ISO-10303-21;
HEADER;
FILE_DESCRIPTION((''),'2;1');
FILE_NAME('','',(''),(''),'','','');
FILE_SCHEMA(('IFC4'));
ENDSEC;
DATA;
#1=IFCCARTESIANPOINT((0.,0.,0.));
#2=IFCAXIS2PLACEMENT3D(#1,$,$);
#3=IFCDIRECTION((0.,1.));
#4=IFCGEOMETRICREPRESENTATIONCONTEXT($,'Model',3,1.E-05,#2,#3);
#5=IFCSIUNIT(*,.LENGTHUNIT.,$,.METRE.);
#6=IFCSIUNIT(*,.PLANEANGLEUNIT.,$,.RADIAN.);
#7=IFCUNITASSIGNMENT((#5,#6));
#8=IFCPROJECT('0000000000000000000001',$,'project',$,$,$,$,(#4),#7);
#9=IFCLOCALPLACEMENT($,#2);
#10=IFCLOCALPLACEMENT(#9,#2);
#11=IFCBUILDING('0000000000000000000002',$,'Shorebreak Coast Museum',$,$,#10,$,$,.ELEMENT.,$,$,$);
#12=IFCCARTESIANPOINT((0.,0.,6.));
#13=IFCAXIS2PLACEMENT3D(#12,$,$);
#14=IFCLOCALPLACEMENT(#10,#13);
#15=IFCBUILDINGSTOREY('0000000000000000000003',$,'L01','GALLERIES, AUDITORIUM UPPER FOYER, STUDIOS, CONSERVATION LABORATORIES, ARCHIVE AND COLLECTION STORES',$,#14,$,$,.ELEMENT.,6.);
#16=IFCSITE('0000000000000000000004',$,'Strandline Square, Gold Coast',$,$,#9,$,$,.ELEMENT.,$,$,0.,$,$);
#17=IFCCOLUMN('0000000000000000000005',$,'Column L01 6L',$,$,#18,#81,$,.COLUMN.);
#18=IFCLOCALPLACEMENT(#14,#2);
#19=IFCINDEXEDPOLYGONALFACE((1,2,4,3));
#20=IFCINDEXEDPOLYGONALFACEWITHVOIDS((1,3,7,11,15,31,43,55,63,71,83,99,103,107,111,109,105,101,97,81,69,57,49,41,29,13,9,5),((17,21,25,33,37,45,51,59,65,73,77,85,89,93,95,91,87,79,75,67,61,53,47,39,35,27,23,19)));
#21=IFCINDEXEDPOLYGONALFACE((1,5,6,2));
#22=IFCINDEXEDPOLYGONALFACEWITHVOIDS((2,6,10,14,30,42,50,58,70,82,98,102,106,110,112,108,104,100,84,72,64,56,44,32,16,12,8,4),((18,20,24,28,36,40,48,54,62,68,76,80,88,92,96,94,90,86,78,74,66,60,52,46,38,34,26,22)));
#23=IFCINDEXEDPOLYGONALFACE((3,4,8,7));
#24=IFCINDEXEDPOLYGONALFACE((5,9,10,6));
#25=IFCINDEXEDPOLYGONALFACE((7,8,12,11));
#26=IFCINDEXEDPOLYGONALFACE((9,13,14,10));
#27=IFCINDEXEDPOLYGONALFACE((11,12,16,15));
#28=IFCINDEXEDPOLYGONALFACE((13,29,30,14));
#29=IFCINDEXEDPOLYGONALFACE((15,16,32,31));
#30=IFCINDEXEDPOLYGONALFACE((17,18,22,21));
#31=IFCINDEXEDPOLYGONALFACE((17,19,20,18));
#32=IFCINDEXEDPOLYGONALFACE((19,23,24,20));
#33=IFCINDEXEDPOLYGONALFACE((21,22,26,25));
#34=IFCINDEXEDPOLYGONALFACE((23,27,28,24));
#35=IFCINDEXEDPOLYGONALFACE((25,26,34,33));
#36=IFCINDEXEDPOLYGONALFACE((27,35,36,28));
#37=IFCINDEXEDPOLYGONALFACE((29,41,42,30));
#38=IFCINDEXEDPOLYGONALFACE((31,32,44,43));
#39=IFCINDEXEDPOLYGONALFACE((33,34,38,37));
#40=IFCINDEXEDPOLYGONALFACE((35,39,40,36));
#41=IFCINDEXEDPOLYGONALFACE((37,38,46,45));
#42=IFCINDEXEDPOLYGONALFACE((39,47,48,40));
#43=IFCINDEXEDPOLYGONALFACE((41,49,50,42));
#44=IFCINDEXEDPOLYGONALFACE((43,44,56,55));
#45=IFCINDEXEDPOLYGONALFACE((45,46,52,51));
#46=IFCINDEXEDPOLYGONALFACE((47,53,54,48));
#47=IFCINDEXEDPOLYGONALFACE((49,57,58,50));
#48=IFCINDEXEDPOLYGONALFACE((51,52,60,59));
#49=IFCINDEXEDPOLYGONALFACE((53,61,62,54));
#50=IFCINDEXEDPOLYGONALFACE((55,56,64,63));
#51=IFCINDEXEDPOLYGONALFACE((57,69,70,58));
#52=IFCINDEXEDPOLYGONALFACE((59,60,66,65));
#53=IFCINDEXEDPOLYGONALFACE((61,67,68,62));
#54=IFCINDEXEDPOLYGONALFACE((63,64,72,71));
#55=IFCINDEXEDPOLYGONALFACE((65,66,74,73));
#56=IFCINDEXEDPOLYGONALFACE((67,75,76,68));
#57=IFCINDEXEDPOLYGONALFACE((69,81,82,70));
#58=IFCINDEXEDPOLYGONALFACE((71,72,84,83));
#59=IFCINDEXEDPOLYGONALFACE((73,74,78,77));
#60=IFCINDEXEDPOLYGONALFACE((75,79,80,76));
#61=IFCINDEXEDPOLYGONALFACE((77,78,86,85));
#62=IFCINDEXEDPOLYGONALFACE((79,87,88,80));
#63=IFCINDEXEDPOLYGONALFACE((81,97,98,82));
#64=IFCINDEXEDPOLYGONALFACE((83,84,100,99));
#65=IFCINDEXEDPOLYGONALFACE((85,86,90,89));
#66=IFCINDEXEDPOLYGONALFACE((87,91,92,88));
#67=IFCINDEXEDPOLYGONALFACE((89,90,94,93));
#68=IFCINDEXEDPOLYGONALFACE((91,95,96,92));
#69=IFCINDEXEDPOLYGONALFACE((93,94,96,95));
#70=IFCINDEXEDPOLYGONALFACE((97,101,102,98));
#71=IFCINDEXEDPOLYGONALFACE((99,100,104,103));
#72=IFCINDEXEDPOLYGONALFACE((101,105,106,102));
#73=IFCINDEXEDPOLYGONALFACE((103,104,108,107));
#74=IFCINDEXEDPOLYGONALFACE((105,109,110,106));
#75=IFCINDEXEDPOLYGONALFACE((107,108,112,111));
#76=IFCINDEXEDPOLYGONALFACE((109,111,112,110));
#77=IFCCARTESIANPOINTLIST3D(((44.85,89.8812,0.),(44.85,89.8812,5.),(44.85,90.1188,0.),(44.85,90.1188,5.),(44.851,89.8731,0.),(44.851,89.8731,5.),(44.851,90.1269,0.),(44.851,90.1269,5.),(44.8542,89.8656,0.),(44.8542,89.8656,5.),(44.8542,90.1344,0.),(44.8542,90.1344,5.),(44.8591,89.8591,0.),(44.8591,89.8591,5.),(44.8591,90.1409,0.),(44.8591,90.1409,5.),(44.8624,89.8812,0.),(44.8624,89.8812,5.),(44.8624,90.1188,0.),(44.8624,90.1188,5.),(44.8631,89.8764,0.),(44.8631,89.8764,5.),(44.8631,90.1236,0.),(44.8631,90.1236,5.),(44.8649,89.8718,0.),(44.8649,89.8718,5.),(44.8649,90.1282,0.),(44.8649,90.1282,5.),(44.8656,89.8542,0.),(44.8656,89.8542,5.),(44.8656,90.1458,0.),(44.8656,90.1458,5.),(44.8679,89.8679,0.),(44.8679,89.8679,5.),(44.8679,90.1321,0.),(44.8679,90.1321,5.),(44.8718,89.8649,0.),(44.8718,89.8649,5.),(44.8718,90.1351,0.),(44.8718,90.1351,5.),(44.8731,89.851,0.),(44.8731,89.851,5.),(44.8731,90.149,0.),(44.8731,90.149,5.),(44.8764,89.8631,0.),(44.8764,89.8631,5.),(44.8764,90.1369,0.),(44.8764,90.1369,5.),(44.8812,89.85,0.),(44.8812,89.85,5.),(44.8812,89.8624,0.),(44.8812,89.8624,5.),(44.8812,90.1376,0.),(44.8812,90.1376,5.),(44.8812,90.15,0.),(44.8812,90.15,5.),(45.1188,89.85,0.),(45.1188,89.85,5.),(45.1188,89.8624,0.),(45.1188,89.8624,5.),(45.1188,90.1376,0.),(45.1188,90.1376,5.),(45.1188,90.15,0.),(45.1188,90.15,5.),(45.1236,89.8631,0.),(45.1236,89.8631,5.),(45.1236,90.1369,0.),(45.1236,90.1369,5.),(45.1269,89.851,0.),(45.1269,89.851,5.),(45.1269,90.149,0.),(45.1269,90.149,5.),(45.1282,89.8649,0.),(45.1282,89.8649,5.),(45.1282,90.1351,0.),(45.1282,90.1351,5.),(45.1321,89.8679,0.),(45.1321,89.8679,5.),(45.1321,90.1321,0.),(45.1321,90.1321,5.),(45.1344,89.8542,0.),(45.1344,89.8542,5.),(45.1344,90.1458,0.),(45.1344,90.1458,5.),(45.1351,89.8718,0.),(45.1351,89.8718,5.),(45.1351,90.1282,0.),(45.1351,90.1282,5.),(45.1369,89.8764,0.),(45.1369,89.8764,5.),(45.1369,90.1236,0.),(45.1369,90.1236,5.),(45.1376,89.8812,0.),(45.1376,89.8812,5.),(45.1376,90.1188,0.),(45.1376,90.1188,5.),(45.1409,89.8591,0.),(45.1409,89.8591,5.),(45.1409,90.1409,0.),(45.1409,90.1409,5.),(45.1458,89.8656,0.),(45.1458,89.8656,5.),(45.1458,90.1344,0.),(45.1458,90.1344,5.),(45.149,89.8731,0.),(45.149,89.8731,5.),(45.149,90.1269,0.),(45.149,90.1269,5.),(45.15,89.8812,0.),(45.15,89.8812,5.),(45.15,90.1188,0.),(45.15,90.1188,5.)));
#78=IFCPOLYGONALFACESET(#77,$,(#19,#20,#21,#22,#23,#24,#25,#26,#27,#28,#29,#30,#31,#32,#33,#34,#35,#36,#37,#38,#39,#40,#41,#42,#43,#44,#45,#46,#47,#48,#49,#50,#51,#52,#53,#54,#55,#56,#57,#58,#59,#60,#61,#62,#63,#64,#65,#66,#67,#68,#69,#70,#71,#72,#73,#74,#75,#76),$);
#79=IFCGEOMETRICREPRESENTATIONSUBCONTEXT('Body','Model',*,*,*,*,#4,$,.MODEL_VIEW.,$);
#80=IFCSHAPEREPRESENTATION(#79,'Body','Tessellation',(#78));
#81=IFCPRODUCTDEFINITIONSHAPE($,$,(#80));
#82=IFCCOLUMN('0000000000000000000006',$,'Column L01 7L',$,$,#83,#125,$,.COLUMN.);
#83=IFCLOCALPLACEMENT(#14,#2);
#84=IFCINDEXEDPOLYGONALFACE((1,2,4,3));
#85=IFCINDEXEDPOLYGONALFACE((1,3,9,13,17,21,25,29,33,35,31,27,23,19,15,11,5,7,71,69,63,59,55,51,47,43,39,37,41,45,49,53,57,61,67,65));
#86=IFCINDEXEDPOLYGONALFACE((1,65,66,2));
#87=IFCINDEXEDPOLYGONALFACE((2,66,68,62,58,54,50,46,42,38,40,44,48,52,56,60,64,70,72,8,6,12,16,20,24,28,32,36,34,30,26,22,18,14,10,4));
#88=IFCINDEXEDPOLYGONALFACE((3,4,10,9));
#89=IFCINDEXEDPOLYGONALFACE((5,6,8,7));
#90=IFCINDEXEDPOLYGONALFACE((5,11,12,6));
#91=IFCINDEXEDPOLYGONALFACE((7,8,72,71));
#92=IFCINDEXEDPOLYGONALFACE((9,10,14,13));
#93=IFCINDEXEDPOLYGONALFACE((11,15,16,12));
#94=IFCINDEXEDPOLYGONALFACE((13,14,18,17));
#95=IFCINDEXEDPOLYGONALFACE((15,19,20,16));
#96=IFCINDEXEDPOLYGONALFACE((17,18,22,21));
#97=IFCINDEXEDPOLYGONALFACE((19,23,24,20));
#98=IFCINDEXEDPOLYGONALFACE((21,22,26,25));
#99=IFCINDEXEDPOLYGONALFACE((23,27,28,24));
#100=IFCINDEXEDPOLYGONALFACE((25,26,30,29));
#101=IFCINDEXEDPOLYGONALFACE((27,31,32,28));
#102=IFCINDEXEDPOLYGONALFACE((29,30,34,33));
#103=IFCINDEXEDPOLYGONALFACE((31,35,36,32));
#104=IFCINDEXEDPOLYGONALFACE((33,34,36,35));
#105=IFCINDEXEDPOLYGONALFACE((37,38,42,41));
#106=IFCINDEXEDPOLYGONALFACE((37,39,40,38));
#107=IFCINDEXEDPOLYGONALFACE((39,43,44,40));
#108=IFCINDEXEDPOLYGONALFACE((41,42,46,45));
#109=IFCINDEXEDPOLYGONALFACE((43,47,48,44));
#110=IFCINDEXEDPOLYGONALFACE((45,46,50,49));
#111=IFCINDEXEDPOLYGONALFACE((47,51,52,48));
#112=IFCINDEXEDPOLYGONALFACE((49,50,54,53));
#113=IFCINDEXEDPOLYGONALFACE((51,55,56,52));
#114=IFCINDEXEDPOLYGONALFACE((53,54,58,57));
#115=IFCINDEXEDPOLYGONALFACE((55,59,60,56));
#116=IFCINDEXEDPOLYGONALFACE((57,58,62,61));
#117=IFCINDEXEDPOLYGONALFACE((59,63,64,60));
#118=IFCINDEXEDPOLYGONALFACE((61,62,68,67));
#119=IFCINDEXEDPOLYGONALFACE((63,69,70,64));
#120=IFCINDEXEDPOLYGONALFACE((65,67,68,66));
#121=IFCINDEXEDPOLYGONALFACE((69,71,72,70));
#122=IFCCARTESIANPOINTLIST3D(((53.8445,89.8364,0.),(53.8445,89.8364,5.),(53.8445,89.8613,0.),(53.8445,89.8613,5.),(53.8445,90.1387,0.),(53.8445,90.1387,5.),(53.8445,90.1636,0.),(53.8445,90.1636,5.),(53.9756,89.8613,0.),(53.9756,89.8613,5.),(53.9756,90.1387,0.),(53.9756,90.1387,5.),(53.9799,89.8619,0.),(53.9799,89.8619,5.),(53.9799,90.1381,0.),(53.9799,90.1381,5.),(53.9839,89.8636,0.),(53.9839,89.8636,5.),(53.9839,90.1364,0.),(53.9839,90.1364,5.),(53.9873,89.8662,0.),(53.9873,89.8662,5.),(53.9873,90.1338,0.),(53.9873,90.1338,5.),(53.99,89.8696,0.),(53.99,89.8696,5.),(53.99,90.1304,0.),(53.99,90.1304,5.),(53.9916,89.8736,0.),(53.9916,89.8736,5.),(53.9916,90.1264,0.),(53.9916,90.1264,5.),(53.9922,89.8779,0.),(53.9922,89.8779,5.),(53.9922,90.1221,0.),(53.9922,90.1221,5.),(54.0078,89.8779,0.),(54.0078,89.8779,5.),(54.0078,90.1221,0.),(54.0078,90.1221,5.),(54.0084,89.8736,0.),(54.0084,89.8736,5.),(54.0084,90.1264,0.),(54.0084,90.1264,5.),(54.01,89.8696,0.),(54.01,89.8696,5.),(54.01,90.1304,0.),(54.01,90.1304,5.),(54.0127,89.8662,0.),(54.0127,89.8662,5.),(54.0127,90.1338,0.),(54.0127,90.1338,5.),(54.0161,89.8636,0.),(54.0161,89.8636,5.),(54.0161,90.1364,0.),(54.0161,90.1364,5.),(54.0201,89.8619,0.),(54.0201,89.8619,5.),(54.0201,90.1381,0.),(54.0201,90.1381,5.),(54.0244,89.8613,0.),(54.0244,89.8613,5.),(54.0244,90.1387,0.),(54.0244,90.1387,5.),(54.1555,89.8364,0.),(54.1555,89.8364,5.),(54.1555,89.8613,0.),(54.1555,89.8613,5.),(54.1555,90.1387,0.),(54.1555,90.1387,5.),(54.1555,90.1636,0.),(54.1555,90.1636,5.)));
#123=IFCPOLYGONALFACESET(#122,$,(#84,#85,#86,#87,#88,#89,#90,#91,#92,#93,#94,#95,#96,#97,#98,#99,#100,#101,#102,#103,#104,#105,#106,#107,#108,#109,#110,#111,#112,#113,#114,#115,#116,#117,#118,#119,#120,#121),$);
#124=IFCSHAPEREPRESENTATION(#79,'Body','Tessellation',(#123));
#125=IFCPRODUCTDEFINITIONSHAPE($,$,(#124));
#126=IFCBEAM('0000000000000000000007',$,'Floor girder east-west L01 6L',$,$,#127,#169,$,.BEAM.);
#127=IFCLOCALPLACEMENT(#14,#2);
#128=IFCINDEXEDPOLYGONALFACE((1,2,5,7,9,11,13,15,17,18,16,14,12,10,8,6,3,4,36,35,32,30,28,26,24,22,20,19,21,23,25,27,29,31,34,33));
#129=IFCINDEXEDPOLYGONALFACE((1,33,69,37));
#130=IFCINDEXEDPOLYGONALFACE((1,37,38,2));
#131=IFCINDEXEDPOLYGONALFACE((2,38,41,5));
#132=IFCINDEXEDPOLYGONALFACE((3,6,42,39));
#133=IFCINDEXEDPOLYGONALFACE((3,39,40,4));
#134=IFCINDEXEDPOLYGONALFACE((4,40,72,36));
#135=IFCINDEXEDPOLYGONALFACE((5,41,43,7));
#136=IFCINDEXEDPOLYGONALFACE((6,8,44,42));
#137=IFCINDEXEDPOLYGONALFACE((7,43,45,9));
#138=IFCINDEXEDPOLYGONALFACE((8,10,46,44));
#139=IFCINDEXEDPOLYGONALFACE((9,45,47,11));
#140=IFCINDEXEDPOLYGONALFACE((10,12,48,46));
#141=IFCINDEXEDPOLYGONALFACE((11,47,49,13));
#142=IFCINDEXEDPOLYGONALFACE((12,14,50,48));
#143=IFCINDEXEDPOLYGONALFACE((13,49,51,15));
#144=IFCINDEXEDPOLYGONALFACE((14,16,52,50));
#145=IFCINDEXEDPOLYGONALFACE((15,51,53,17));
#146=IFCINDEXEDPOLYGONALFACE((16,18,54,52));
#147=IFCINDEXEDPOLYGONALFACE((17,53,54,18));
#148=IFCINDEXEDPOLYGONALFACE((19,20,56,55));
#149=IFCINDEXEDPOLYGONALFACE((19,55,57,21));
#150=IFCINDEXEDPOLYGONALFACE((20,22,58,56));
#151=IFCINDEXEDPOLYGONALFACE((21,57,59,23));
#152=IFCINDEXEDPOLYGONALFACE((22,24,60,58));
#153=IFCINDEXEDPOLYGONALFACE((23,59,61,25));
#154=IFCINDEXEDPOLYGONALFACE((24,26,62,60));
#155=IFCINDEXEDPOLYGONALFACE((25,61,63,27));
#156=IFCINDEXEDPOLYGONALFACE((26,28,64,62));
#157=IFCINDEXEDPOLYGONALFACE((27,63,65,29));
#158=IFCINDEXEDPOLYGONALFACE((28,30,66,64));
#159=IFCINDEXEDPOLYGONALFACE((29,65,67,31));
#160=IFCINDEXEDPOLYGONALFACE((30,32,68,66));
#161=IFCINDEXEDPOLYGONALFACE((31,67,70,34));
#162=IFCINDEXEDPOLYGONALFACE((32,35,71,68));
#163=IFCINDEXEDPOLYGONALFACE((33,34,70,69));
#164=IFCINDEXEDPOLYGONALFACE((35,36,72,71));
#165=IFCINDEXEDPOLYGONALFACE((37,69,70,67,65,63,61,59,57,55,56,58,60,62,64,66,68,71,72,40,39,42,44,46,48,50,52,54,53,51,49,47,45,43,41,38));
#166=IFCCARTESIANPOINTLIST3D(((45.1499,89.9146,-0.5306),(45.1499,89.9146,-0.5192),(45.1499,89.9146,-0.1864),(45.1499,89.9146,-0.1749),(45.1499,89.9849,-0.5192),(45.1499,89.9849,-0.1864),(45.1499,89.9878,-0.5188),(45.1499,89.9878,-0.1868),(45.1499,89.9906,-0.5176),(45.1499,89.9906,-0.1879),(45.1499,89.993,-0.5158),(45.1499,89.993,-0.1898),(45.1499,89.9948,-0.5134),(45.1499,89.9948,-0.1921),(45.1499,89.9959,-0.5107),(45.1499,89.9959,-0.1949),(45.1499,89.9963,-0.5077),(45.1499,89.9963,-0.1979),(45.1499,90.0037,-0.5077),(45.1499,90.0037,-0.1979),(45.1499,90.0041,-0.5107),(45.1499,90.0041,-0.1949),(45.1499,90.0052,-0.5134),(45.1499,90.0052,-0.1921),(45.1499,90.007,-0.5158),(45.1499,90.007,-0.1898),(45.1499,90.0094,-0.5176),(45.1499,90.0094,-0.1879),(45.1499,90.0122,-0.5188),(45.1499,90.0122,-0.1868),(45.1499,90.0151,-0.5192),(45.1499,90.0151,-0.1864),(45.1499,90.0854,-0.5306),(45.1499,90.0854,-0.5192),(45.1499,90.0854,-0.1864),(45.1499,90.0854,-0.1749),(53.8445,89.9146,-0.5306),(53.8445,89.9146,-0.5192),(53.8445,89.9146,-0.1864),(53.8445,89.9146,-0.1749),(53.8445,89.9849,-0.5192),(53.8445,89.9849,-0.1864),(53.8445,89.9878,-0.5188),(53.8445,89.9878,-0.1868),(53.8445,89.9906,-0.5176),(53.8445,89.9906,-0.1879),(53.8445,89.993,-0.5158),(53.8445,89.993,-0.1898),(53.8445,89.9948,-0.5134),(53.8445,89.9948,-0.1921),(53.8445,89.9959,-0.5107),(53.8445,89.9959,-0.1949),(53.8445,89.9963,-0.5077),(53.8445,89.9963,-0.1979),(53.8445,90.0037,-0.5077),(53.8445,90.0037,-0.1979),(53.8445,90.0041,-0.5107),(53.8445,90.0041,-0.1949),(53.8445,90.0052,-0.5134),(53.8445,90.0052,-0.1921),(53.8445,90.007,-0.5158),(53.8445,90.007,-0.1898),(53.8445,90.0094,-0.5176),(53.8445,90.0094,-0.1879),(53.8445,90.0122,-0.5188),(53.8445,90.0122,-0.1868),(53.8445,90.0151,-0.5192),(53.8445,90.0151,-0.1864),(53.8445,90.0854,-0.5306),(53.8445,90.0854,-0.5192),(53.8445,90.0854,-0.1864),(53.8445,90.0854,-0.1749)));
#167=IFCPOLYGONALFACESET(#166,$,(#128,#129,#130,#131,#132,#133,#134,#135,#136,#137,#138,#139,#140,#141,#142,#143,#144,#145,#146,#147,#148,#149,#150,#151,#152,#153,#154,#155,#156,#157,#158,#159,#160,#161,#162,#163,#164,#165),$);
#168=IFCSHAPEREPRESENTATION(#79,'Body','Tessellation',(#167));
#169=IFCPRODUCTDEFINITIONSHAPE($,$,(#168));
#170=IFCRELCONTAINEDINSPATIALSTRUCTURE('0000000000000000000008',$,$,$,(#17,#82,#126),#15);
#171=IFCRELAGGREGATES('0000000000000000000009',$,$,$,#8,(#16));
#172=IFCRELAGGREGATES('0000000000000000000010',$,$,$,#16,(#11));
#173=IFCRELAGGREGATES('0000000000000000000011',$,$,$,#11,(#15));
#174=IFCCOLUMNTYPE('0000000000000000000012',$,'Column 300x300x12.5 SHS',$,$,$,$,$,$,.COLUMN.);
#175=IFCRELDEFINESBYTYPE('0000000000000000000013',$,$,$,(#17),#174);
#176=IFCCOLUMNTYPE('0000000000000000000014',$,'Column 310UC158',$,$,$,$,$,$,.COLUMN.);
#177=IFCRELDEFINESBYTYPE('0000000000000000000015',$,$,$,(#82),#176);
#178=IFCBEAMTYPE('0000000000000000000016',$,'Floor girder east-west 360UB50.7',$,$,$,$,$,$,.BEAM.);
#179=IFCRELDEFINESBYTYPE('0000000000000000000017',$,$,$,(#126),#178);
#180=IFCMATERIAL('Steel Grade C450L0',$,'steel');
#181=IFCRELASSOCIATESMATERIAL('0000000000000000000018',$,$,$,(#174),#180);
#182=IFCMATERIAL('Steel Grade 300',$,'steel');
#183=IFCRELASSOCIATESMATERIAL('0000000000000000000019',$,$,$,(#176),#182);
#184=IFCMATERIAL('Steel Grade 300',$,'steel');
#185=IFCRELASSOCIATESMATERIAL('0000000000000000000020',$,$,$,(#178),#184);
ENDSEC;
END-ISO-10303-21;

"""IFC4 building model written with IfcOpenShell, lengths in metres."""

from ifc_helpers import new_model, si_unit, direction, frame, origin, origin_2d, place, context, subcontext, project, spatial, hollow_rectangle, i_section, extrude, material, material_profile, profile_set, type_object, element, save


model = new_model("IFC4")

# Units and contexts
model_context = context("Model", 3, precision=1e-05, world=origin(), true_north=direction((0.0, 1.0)))
body_context = subcontext(model_context, "Body", "Model", "MODEL_VIEW")
ifc_project = project(units=[si_unit("LENGTHUNIT", "METRE"), si_unit("PLANEANGLEUNIT", "RADIAN")], contexts=[model_context])

# Site, building, storey
site_placement = place(None, origin())
site = spatial("IfcSite", under=ifc_project, at=site_placement, Name="Strandline Square, Gold Coast", CompositionType="ELEMENT", RefElevation=0.0)
building_placement = place(site_placement, origin())
building = spatial("IfcBuilding", under=site, at=building_placement, Name="Shorebreak Coast Museum", CompositionType="ELEMENT")
storey_placement = place(building_placement, frame((0.0, 0.0, 6.0)))
storey = spatial("IfcBuildingStorey", under=building, at=storey_placement, Name="L01", Description="GALLERIES, AUDITORIUM UPPER FOYER, STUDIOS, CONSERVATION LABORATORIES, ARCHIVE AND COLLECTION STORES", CompositionType="ELEMENT", Elevation=6.0)

# Columns
ifc_material_1 = material(Name="Steel Grade C450L0", Category="steel")
ifc_material_profile_1 = material_profile(ifc_material_1, hollow_rectangle(XDim=0.3, YDim=0.3, WallThickness=0.0125, InnerFilletRadius=0.0188, OuterFilletRadius=0.0312, at=origin_2d()), Name="300x300x12.5 SHS")
ifc_profile_set_1 = profile_set([ifc_material_profile_1], Name="Steel Grade C450L0")
column_type_1 = type_object("IfcColumnType", Name="Column 300x300x12.5 SHS", PredefinedType="COLUMN", material=ifc_profile_set_1)
column_1_placement = place(storey_placement, frame((45.0, 90.0, 0.0), z_axis=(0.0, 0.0, 1.0), x_axis=(1.0, 0.0, 0.0)))
element("IfcColumn", 1, at=column_1_placement, inside=storey, type_object=column_type_1, Name="Column L01 6L", PredefinedType="COLUMN", context=body_context, shape_type="SweptSolid", body=[
    extrude(hollow_rectangle(XDim=0.3, YDim=0.3, WallThickness=0.0125, InnerFilletRadius=0.0188, OuterFilletRadius=0.0312, at=origin_2d()), origin(), (0.0, 0.0, 1.0), 5.0),
])
ifc_material_2 = material(Name="Steel Grade 300", Category="steel")
ifc_material_profile_2 = material_profile(ifc_material_2, i_section(OverallWidth=0.311, OverallDepth=0.3271, WebThickness=0.0156, FlangeThickness=0.0249, FilletRadius=0.0166, at=origin_2d()), Name="310UC158")
ifc_profile_set_2 = profile_set([ifc_material_profile_2], Name="Steel Grade 300")
column_type_2 = type_object("IfcColumnType", Name="Column 310UC158", PredefinedType="COLUMN", material=ifc_profile_set_2)
column_2_placement = place(storey_placement, frame((54.0, 90.0, 0.0), z_axis=(0.0, 0.0, 1.0), x_axis=(1.0, 0.0, 0.0)))
element("IfcColumn", 2, at=column_2_placement, inside=storey, type_object=column_type_2, Name="Column L01 7L", PredefinedType="COLUMN", context=body_context, shape_type="SweptSolid", body=[
    extrude(i_section(OverallWidth=0.311, OverallDepth=0.3271, WebThickness=0.0156, FlangeThickness=0.0249, FilletRadius=0.0166, at=origin_2d()), origin(), (0.0, 0.0, 1.0), 5.0),
])

# Beam
ifc_material_3 = material(Name="Steel Grade 300", Category="steel")
ifc_material_profile_3 = material_profile(ifc_material_3, i_section(OverallWidth=0.1709, OverallDepth=0.3557, WebThickness=0.0073, FlangeThickness=0.0115, FilletRadius=0.0115, at=origin_2d()), Name="360UB50.7")
ifc_profile_set_3 = profile_set([ifc_material_profile_3], Name="Steel Grade 300")
beam_type_1 = type_object("IfcBeamType", Name="Floor girder east-west 360UB50.7", PredefinedType="BEAM", material=ifc_profile_set_3)
beam_placement = place(storey_placement, frame((45.1499, 90.0, -0.3528), z_axis=(1.0, 0.0, 0.0), x_axis=(0.0, 1.0, 0.0)))
element("IfcBeam", 3, at=beam_placement, inside=storey, type_object=beam_type_1, Name="Floor girder east-west L01 6L", PredefinedType="BEAM", context=body_context, shape_type="SweptSolid", body=[
    extrude(i_section(OverallWidth=0.1709, OverallDepth=0.3557, WebThickness=0.0073, FlangeThickness=0.0115, FilletRadius=0.0115, at=origin_2d()), origin(), (0.0, 0.0, 1.0), 8.6946),
])

save(model, "model.ifc")
